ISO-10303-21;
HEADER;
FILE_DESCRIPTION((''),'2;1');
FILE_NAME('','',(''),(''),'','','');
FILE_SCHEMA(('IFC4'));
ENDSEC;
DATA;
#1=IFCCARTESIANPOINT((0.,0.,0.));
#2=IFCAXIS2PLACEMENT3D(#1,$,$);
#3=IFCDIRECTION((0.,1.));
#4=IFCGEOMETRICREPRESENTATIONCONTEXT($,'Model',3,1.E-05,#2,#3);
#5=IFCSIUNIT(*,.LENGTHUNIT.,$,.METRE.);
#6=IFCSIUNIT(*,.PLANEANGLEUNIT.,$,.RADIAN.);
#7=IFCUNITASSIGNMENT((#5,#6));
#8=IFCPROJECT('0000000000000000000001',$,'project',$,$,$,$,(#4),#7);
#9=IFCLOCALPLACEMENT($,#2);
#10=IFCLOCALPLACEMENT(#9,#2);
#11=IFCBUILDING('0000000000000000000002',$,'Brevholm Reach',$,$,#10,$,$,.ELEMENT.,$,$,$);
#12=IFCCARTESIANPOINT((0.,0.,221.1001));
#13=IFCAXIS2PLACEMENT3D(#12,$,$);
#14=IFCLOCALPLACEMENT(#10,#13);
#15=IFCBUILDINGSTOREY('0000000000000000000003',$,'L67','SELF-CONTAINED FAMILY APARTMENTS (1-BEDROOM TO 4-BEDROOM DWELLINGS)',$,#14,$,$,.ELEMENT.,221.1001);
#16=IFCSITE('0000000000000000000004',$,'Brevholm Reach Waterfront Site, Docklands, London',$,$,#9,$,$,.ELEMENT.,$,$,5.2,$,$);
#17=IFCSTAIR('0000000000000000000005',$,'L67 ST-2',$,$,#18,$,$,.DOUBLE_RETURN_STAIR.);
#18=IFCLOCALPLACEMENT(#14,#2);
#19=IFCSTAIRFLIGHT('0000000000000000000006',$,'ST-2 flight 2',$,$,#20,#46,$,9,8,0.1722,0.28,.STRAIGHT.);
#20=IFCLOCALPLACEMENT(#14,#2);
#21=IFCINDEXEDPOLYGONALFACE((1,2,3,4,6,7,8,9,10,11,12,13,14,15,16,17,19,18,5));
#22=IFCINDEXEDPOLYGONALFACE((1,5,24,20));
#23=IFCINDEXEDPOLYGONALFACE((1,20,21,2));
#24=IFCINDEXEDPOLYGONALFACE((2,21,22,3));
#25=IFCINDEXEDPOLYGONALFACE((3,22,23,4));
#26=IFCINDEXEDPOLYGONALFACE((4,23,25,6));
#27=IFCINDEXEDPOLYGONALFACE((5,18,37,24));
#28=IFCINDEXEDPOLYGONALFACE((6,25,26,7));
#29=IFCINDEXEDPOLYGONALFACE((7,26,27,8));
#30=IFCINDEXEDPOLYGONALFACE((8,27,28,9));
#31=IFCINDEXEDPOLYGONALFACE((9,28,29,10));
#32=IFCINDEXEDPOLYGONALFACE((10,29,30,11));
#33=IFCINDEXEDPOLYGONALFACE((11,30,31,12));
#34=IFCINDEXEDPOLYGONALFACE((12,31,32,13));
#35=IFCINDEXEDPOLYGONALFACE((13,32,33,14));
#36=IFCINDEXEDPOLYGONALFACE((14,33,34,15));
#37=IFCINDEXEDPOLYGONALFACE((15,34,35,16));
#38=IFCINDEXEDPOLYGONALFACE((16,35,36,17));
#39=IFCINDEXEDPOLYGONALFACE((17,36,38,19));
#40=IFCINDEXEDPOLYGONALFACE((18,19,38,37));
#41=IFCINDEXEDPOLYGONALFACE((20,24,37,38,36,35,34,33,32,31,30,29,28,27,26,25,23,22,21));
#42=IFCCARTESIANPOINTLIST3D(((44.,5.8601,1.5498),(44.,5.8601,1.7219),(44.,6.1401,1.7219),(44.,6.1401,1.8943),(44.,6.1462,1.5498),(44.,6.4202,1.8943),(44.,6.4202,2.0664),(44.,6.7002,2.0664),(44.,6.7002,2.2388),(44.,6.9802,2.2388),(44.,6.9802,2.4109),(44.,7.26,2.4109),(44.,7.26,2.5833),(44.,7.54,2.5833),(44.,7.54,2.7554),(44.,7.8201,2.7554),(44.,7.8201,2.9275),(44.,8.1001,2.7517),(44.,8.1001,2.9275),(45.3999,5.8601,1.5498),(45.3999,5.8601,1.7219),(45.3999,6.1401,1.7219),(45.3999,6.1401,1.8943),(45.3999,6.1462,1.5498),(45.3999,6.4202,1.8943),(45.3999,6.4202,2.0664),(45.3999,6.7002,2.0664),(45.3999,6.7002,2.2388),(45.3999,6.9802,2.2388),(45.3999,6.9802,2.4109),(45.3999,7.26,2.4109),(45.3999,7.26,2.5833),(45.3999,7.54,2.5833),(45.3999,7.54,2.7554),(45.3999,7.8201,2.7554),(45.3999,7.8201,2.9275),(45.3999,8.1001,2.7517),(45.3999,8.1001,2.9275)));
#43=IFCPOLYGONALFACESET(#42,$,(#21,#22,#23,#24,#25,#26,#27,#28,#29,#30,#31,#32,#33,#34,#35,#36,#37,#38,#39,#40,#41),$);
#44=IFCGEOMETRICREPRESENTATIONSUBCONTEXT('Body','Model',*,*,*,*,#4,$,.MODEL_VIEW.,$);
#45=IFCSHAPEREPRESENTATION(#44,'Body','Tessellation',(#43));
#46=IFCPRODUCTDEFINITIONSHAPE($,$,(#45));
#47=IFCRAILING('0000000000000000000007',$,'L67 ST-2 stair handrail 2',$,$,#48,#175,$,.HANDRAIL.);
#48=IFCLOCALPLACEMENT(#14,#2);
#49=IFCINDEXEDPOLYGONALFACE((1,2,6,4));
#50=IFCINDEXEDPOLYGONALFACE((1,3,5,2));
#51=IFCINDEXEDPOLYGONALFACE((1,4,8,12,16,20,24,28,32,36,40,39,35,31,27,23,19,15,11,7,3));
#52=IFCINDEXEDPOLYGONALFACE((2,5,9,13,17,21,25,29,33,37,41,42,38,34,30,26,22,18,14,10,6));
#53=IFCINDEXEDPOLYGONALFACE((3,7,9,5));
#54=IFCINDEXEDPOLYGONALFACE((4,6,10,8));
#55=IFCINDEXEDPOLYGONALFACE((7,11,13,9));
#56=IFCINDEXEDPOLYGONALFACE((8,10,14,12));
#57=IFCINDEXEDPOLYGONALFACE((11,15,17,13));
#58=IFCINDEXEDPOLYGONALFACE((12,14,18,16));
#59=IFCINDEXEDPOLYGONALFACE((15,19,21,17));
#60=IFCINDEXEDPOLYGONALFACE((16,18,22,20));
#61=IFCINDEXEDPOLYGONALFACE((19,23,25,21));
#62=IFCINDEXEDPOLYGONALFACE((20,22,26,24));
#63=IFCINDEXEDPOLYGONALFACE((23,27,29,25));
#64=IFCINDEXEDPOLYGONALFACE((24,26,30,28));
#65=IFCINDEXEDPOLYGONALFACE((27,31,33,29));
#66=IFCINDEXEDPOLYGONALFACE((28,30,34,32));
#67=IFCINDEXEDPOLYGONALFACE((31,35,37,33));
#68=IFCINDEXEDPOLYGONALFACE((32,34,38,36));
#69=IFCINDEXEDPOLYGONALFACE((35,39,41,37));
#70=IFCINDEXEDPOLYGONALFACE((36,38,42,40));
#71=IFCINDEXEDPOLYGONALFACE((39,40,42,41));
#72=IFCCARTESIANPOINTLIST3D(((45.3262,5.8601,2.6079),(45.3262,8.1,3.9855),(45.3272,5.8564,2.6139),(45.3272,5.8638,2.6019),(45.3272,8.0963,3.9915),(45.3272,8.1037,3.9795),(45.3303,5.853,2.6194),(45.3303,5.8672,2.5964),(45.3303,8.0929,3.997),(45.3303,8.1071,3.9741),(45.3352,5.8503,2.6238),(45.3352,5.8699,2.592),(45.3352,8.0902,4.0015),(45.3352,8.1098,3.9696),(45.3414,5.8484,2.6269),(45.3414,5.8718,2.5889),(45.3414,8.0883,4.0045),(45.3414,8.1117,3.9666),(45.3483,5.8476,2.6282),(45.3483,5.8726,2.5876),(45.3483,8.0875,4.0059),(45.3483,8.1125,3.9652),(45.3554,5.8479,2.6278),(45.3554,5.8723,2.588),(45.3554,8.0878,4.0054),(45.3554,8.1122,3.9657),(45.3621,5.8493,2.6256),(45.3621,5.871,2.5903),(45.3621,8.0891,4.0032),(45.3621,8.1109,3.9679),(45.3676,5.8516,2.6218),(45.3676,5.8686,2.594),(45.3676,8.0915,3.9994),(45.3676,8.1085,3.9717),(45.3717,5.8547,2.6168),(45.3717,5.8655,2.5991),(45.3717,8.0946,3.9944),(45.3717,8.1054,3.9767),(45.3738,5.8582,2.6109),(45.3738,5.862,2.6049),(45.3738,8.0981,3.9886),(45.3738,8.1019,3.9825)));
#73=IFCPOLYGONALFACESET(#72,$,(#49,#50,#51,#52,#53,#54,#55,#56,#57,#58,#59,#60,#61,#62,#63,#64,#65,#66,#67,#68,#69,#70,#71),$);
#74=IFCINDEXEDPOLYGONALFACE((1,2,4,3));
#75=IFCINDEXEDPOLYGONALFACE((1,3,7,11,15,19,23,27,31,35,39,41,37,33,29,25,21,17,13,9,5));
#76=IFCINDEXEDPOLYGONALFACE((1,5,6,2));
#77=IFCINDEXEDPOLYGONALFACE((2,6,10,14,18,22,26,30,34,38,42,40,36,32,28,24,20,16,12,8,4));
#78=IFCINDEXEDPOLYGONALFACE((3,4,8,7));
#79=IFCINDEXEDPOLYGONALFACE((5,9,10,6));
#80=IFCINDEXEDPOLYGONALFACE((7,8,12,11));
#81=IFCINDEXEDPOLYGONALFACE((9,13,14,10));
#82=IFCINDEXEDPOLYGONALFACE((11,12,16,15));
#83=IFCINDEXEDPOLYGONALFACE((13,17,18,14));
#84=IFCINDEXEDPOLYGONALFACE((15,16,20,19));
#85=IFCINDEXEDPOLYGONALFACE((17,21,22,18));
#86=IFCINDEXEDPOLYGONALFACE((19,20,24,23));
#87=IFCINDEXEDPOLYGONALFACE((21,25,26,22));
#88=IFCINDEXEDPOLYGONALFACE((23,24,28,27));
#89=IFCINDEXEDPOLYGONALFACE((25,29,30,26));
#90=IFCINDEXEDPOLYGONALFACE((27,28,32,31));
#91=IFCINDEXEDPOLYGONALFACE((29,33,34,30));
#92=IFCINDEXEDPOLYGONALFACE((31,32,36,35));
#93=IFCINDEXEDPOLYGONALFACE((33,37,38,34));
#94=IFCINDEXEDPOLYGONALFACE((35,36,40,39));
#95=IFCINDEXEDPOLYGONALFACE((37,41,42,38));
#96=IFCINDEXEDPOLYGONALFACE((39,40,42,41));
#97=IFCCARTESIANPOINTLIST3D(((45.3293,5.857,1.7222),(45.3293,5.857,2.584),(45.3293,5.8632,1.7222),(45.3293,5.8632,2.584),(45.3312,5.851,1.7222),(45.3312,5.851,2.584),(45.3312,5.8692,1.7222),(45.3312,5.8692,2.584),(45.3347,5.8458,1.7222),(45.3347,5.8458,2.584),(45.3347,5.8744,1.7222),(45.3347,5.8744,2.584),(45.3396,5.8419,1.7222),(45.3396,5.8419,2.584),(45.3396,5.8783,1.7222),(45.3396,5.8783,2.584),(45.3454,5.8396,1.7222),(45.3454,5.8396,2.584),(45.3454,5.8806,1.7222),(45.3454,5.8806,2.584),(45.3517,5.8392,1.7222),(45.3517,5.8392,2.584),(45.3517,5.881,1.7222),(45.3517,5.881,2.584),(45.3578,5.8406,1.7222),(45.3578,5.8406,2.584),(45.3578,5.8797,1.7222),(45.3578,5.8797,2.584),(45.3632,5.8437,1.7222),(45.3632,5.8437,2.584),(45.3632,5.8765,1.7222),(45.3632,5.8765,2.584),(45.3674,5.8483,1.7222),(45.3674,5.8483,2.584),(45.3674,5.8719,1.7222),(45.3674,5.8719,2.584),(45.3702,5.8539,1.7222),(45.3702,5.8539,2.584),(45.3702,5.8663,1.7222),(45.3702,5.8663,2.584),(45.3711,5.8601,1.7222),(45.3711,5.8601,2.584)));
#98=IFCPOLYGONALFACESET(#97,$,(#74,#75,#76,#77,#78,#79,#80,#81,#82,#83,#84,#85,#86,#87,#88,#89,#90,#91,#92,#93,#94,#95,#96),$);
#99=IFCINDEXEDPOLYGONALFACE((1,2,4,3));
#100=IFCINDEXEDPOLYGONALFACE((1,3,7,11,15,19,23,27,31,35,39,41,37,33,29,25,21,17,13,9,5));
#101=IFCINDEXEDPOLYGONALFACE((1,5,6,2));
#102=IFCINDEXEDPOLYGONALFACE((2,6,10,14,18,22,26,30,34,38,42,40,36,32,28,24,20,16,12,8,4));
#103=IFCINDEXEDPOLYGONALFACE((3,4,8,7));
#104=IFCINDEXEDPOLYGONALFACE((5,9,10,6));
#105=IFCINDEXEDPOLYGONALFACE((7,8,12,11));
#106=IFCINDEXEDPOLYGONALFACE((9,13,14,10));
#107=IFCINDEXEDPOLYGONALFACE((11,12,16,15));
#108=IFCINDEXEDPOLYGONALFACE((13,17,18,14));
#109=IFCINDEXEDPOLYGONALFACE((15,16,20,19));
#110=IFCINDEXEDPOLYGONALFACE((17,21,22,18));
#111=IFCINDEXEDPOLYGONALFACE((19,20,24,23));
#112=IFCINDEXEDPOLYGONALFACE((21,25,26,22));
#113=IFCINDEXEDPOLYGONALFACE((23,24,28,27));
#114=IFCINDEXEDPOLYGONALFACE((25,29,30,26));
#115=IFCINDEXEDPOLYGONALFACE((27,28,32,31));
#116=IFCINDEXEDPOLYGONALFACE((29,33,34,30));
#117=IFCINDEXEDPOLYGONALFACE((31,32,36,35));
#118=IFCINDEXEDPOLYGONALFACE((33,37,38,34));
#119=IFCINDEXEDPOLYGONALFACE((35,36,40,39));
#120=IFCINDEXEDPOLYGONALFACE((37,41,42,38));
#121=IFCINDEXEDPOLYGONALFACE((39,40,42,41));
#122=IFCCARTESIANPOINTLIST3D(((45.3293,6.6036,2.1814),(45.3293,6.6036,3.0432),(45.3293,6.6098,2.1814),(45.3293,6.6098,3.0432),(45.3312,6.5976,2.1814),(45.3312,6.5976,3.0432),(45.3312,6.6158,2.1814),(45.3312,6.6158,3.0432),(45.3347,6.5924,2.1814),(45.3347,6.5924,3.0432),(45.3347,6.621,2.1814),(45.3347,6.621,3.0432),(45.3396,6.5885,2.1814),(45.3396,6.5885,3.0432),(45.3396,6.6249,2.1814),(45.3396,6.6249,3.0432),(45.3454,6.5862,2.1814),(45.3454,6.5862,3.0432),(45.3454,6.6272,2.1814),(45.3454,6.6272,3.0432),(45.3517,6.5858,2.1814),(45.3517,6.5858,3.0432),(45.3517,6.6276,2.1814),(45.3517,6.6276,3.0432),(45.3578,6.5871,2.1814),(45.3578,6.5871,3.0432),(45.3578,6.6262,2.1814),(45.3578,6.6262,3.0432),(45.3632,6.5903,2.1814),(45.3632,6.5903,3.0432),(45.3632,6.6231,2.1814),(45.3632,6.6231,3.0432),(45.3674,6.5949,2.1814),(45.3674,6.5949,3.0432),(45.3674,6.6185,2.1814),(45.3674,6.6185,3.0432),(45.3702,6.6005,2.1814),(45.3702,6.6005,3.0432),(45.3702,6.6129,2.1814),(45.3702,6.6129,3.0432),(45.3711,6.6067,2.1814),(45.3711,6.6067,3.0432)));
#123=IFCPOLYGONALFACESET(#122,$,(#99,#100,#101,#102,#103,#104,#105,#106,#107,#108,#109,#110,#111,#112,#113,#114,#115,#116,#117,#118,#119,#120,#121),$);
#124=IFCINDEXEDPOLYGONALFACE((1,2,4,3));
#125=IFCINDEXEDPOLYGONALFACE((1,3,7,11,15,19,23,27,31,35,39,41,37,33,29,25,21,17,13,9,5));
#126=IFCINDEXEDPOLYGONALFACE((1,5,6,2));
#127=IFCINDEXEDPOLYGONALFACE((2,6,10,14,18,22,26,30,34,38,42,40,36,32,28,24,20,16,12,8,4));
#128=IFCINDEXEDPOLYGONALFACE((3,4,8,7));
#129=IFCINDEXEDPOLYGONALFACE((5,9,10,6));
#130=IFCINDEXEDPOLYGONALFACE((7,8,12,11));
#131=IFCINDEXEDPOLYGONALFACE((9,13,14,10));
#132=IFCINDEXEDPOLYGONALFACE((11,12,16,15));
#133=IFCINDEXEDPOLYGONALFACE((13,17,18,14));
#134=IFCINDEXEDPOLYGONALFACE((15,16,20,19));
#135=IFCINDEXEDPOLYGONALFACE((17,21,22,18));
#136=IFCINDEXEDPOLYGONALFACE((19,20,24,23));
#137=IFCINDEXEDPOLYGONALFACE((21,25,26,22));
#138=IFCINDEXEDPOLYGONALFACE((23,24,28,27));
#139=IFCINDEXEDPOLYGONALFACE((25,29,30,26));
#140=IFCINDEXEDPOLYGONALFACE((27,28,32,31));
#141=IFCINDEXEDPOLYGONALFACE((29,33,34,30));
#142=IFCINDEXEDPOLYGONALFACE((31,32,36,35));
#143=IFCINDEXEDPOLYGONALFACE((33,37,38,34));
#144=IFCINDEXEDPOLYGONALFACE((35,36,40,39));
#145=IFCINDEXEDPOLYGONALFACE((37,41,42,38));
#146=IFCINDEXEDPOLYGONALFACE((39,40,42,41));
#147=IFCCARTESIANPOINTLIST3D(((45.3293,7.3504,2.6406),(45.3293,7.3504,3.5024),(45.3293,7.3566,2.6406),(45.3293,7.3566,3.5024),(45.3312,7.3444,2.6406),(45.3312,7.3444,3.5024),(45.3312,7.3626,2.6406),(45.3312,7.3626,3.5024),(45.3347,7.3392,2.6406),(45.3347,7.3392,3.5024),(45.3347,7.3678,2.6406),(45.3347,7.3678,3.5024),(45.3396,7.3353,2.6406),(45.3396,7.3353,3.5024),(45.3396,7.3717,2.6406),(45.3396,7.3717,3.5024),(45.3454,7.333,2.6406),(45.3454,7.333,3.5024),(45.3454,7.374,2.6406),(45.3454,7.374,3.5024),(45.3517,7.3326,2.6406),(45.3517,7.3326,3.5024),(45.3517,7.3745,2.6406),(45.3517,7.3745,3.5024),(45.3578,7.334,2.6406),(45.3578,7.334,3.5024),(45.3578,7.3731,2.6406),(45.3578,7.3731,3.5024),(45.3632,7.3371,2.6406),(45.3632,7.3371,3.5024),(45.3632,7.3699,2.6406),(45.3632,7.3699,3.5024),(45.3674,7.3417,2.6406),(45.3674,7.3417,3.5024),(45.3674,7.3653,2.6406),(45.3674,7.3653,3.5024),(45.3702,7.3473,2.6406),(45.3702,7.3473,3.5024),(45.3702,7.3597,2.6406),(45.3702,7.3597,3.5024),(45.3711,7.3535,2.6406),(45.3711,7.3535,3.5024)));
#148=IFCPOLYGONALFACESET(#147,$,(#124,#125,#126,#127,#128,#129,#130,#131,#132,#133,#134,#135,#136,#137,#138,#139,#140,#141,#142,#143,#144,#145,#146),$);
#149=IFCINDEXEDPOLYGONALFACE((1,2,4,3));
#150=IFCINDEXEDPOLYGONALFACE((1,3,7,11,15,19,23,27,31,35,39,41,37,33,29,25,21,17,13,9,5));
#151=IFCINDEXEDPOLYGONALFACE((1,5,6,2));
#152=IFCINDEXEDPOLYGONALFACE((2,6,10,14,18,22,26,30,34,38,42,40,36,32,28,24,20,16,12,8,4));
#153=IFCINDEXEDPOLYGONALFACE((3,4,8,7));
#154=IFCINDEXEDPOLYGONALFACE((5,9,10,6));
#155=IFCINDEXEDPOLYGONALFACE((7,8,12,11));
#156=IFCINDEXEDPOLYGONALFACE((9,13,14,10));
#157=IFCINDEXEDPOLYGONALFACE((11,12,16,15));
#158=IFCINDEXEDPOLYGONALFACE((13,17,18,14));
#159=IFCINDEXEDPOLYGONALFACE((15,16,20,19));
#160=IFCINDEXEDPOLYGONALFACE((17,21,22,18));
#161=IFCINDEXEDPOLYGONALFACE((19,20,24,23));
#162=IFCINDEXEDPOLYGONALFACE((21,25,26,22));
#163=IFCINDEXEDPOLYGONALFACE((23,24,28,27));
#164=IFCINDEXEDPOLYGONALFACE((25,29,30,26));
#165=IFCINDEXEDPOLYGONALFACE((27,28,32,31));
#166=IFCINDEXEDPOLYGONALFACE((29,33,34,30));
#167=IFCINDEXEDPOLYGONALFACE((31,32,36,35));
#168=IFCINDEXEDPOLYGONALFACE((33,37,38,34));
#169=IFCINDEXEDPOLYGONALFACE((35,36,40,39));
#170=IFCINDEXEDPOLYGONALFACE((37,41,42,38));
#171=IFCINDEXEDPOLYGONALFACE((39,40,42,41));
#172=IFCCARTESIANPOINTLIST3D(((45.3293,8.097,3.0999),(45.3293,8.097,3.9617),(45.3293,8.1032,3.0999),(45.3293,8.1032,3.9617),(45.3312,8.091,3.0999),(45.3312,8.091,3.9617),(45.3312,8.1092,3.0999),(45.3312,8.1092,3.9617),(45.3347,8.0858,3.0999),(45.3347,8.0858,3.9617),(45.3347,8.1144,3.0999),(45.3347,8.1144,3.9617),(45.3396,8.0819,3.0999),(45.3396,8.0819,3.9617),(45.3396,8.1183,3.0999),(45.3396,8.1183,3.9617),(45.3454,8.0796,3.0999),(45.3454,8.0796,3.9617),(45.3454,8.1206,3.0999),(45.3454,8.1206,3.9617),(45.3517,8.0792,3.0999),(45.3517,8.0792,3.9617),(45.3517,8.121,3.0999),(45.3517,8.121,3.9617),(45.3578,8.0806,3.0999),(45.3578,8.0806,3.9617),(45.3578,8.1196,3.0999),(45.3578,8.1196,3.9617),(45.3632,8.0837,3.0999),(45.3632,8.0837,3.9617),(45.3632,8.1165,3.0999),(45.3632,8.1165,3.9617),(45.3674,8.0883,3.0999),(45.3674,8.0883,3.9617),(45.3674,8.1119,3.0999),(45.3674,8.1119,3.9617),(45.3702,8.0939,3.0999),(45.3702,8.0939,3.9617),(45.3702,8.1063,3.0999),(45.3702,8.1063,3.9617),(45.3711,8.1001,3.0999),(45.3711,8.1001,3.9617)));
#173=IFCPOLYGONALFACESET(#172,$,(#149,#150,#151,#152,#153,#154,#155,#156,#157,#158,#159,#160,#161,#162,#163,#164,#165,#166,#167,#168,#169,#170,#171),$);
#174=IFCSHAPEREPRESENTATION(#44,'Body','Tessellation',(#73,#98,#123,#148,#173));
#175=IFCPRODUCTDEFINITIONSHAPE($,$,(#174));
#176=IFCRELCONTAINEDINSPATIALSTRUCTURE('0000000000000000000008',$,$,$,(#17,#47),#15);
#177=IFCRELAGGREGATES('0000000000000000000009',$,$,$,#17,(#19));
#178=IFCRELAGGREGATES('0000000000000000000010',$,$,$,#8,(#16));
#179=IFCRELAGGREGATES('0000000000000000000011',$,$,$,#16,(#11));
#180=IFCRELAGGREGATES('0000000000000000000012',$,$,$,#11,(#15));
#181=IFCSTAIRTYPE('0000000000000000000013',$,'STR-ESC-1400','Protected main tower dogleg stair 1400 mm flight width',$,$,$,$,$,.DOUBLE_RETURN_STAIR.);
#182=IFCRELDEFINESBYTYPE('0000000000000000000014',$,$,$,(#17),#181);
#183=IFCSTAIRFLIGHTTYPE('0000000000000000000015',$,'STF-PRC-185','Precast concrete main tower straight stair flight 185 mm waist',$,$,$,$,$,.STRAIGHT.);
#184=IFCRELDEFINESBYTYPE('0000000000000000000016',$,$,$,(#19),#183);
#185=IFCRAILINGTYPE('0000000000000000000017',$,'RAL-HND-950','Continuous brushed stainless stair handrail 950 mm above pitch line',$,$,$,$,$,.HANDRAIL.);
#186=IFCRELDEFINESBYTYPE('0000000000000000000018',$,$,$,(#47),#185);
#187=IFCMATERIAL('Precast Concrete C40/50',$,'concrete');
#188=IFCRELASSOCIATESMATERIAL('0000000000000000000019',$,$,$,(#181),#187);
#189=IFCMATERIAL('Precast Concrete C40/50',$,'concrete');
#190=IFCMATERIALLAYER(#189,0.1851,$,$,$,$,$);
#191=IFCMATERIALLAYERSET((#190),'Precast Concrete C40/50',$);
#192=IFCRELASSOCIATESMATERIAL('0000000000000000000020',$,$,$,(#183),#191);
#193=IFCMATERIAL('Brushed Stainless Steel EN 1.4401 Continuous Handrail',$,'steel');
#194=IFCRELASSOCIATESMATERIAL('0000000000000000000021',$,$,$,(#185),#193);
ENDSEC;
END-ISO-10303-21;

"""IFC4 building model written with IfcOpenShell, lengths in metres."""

from ifc_helpers import new_model, si_unit, direction, frame, origin, origin_2d, place, context, subcontext, project, spatial, polyline, circle, outline, extrude, material, layer, layer_set, type_object, element, aggregate, save


model = new_model("IFC4")

# Units and contexts
model_context = context("Model", 3, precision=1e-05, world=origin(), true_north=direction((0.0, 1.0)))
body_context = subcontext(model_context, "Body", "Model", "MODEL_VIEW")
ifc_project = project(units=[si_unit("LENGTHUNIT", "METRE"), si_unit("PLANEANGLEUNIT", "RADIAN")], contexts=[model_context])

# Site, building, storey
site_placement = place(None, origin())
site = spatial("IfcSite", under=ifc_project, at=site_placement, Name="Brevholm Reach Waterfront Site, Docklands, London", CompositionType="ELEMENT", RefElevation=5.2)
building_placement = place(site_placement, origin())
building = spatial("IfcBuilding", under=site, at=building_placement, Name="Brevholm Reach", CompositionType="ELEMENT")
storey_placement = place(building_placement, frame((0.0, 0.0, 221.1001)))
storey = spatial("IfcBuildingStorey", under=building, at=storey_placement, Name="L67", Description="SELF-CONTAINED FAMILY APARTMENTS (1-BEDROOM TO 4-BEDROOM DWELLINGS)", CompositionType="ELEMENT", Elevation=221.1001)

# Stair, stair flight
ifc_material_1 = material(Name="Precast Concrete C40/50", Category="concrete")
stair_type = type_object("IfcStairType", Name="STR-ESC-1400", Description="Protected main tower dogleg stair 1400 mm flight width", PredefinedType="DOUBLE_RETURN_STAIR", material=ifc_material_1)
stair_placement = place(storey_placement, origin())
stair = element("IfcStair", 1, at=stair_placement, inside=storey, type_object=stair_type, Name="L67 ST-2", PredefinedType="DOUBLE_RETURN_STAIR")
ifc_material_2 = material(Name="Precast Concrete C40/50", Category="concrete")
ifc_layer_1 = layer(ifc_material_2, 0.1851)
ifc_layer_set_1 = layer_set([ifc_layer_1], Name="Precast Concrete C40/50")
stair_flight_type = type_object("IfcStairFlightType", Name="STF-PRC-185", Description="Precast concrete main tower straight stair flight 185 mm waist", PredefinedType="STRAIGHT", material=ifc_layer_set_1)
stair_flight_placement = place(storey_placement, frame((44.7, 5.8601, 1.5498), z_axis=(0.0, 0.0, 1.0), x_axis=(0.0, 1.0, 0.0)))
stair_flight = element("IfcStairFlight", 2, at=stair_flight_placement, type_object=stair_flight_type, Name="ST-2 flight 2", NumberOfRisers=9, NumberOfTreads=8, PredefinedType="STRAIGHT", RiserHeight=0.1722, TreadLength=0.28, context=body_context, shape_type="SweptSolid", body=[
    extrude(outline(polyline([(0.0, 0.0), (0.0, 0.1721), (0.28, 0.1721), (0.28, 0.3445), (0.5601, 0.3445), (0.5601, 0.5166), (0.8401, 0.5166), (0.8401, 0.689), (1.1201, 0.689), (1.1201, 0.8611), (1.3999, 0.8611), (1.3999, 1.0334), (1.6799, 1.0334), (1.6799, 1.2056), (1.96, 1.2056), (1.96, 1.3777), (2.24, 1.3777), (2.24, 1.55), (2.24, 1.2019), (0.2861, 0.0), (0.0, 0.0)])), frame((0.0, 0.7, 0.0), z_axis=(0.0, -1.0, 0.0), x_axis=(1.0, 0.0, 0.0)), (0.0, 0.0, 1.0), 1.3999),
])
aggregate(stair, [stair_flight])

# Railing
ifc_material_3 = material(Name="Brushed Stainless Steel EN 1.4401 Continuous Handrail", Category="steel")
railing_type_1 = type_object("IfcRailingType", Name="RAL-HND-950", Description="Continuous brushed stainless stair handrail 950 mm above pitch line", PredefinedType="HANDRAIL", material=ifc_material_3)
railing_1_placement = place(storey_placement, frame((45.3501, 5.8601, 1.7222)))
element("IfcRailing", 3, at=railing_1_placement, inside=storey, type_object=railing_type_1, Name="L67 ST-2 stair handrail 2", PredefinedType="HANDRAIL", context=body_context, shape_type="SweptSolid", body=[
    extrude(circle(Radius=0.0239, at=origin_2d()), frame((0.0, 0.0, 0.8857), z_axis=(0.0, 0.851789, 0.523885), x_axis=(-1.0, 0.0, 0.0)), (0.0, 0.0, 1.0), 2.6296),
    extrude(circle(Radius=0.021, at=origin_2d()), origin(), (0.0, 0.0, 1.0), 0.8618),
    extrude(circle(Radius=0.021, at=origin_2d()), frame((0.0, 0.7466, 0.4592)), (0.0, 0.0, 1.0), 0.8618),
    extrude(circle(Radius=0.021, at=origin_2d()), frame((0.0, 1.4934, 0.9185)), (0.0, 0.0, 1.0), 0.8618),
    extrude(circle(Radius=0.021, at=origin_2d()), frame((0.0, 2.24, 1.3777)), (0.0, 0.0, 1.0), 0.8618),
])

save(model, "model.ifc")
